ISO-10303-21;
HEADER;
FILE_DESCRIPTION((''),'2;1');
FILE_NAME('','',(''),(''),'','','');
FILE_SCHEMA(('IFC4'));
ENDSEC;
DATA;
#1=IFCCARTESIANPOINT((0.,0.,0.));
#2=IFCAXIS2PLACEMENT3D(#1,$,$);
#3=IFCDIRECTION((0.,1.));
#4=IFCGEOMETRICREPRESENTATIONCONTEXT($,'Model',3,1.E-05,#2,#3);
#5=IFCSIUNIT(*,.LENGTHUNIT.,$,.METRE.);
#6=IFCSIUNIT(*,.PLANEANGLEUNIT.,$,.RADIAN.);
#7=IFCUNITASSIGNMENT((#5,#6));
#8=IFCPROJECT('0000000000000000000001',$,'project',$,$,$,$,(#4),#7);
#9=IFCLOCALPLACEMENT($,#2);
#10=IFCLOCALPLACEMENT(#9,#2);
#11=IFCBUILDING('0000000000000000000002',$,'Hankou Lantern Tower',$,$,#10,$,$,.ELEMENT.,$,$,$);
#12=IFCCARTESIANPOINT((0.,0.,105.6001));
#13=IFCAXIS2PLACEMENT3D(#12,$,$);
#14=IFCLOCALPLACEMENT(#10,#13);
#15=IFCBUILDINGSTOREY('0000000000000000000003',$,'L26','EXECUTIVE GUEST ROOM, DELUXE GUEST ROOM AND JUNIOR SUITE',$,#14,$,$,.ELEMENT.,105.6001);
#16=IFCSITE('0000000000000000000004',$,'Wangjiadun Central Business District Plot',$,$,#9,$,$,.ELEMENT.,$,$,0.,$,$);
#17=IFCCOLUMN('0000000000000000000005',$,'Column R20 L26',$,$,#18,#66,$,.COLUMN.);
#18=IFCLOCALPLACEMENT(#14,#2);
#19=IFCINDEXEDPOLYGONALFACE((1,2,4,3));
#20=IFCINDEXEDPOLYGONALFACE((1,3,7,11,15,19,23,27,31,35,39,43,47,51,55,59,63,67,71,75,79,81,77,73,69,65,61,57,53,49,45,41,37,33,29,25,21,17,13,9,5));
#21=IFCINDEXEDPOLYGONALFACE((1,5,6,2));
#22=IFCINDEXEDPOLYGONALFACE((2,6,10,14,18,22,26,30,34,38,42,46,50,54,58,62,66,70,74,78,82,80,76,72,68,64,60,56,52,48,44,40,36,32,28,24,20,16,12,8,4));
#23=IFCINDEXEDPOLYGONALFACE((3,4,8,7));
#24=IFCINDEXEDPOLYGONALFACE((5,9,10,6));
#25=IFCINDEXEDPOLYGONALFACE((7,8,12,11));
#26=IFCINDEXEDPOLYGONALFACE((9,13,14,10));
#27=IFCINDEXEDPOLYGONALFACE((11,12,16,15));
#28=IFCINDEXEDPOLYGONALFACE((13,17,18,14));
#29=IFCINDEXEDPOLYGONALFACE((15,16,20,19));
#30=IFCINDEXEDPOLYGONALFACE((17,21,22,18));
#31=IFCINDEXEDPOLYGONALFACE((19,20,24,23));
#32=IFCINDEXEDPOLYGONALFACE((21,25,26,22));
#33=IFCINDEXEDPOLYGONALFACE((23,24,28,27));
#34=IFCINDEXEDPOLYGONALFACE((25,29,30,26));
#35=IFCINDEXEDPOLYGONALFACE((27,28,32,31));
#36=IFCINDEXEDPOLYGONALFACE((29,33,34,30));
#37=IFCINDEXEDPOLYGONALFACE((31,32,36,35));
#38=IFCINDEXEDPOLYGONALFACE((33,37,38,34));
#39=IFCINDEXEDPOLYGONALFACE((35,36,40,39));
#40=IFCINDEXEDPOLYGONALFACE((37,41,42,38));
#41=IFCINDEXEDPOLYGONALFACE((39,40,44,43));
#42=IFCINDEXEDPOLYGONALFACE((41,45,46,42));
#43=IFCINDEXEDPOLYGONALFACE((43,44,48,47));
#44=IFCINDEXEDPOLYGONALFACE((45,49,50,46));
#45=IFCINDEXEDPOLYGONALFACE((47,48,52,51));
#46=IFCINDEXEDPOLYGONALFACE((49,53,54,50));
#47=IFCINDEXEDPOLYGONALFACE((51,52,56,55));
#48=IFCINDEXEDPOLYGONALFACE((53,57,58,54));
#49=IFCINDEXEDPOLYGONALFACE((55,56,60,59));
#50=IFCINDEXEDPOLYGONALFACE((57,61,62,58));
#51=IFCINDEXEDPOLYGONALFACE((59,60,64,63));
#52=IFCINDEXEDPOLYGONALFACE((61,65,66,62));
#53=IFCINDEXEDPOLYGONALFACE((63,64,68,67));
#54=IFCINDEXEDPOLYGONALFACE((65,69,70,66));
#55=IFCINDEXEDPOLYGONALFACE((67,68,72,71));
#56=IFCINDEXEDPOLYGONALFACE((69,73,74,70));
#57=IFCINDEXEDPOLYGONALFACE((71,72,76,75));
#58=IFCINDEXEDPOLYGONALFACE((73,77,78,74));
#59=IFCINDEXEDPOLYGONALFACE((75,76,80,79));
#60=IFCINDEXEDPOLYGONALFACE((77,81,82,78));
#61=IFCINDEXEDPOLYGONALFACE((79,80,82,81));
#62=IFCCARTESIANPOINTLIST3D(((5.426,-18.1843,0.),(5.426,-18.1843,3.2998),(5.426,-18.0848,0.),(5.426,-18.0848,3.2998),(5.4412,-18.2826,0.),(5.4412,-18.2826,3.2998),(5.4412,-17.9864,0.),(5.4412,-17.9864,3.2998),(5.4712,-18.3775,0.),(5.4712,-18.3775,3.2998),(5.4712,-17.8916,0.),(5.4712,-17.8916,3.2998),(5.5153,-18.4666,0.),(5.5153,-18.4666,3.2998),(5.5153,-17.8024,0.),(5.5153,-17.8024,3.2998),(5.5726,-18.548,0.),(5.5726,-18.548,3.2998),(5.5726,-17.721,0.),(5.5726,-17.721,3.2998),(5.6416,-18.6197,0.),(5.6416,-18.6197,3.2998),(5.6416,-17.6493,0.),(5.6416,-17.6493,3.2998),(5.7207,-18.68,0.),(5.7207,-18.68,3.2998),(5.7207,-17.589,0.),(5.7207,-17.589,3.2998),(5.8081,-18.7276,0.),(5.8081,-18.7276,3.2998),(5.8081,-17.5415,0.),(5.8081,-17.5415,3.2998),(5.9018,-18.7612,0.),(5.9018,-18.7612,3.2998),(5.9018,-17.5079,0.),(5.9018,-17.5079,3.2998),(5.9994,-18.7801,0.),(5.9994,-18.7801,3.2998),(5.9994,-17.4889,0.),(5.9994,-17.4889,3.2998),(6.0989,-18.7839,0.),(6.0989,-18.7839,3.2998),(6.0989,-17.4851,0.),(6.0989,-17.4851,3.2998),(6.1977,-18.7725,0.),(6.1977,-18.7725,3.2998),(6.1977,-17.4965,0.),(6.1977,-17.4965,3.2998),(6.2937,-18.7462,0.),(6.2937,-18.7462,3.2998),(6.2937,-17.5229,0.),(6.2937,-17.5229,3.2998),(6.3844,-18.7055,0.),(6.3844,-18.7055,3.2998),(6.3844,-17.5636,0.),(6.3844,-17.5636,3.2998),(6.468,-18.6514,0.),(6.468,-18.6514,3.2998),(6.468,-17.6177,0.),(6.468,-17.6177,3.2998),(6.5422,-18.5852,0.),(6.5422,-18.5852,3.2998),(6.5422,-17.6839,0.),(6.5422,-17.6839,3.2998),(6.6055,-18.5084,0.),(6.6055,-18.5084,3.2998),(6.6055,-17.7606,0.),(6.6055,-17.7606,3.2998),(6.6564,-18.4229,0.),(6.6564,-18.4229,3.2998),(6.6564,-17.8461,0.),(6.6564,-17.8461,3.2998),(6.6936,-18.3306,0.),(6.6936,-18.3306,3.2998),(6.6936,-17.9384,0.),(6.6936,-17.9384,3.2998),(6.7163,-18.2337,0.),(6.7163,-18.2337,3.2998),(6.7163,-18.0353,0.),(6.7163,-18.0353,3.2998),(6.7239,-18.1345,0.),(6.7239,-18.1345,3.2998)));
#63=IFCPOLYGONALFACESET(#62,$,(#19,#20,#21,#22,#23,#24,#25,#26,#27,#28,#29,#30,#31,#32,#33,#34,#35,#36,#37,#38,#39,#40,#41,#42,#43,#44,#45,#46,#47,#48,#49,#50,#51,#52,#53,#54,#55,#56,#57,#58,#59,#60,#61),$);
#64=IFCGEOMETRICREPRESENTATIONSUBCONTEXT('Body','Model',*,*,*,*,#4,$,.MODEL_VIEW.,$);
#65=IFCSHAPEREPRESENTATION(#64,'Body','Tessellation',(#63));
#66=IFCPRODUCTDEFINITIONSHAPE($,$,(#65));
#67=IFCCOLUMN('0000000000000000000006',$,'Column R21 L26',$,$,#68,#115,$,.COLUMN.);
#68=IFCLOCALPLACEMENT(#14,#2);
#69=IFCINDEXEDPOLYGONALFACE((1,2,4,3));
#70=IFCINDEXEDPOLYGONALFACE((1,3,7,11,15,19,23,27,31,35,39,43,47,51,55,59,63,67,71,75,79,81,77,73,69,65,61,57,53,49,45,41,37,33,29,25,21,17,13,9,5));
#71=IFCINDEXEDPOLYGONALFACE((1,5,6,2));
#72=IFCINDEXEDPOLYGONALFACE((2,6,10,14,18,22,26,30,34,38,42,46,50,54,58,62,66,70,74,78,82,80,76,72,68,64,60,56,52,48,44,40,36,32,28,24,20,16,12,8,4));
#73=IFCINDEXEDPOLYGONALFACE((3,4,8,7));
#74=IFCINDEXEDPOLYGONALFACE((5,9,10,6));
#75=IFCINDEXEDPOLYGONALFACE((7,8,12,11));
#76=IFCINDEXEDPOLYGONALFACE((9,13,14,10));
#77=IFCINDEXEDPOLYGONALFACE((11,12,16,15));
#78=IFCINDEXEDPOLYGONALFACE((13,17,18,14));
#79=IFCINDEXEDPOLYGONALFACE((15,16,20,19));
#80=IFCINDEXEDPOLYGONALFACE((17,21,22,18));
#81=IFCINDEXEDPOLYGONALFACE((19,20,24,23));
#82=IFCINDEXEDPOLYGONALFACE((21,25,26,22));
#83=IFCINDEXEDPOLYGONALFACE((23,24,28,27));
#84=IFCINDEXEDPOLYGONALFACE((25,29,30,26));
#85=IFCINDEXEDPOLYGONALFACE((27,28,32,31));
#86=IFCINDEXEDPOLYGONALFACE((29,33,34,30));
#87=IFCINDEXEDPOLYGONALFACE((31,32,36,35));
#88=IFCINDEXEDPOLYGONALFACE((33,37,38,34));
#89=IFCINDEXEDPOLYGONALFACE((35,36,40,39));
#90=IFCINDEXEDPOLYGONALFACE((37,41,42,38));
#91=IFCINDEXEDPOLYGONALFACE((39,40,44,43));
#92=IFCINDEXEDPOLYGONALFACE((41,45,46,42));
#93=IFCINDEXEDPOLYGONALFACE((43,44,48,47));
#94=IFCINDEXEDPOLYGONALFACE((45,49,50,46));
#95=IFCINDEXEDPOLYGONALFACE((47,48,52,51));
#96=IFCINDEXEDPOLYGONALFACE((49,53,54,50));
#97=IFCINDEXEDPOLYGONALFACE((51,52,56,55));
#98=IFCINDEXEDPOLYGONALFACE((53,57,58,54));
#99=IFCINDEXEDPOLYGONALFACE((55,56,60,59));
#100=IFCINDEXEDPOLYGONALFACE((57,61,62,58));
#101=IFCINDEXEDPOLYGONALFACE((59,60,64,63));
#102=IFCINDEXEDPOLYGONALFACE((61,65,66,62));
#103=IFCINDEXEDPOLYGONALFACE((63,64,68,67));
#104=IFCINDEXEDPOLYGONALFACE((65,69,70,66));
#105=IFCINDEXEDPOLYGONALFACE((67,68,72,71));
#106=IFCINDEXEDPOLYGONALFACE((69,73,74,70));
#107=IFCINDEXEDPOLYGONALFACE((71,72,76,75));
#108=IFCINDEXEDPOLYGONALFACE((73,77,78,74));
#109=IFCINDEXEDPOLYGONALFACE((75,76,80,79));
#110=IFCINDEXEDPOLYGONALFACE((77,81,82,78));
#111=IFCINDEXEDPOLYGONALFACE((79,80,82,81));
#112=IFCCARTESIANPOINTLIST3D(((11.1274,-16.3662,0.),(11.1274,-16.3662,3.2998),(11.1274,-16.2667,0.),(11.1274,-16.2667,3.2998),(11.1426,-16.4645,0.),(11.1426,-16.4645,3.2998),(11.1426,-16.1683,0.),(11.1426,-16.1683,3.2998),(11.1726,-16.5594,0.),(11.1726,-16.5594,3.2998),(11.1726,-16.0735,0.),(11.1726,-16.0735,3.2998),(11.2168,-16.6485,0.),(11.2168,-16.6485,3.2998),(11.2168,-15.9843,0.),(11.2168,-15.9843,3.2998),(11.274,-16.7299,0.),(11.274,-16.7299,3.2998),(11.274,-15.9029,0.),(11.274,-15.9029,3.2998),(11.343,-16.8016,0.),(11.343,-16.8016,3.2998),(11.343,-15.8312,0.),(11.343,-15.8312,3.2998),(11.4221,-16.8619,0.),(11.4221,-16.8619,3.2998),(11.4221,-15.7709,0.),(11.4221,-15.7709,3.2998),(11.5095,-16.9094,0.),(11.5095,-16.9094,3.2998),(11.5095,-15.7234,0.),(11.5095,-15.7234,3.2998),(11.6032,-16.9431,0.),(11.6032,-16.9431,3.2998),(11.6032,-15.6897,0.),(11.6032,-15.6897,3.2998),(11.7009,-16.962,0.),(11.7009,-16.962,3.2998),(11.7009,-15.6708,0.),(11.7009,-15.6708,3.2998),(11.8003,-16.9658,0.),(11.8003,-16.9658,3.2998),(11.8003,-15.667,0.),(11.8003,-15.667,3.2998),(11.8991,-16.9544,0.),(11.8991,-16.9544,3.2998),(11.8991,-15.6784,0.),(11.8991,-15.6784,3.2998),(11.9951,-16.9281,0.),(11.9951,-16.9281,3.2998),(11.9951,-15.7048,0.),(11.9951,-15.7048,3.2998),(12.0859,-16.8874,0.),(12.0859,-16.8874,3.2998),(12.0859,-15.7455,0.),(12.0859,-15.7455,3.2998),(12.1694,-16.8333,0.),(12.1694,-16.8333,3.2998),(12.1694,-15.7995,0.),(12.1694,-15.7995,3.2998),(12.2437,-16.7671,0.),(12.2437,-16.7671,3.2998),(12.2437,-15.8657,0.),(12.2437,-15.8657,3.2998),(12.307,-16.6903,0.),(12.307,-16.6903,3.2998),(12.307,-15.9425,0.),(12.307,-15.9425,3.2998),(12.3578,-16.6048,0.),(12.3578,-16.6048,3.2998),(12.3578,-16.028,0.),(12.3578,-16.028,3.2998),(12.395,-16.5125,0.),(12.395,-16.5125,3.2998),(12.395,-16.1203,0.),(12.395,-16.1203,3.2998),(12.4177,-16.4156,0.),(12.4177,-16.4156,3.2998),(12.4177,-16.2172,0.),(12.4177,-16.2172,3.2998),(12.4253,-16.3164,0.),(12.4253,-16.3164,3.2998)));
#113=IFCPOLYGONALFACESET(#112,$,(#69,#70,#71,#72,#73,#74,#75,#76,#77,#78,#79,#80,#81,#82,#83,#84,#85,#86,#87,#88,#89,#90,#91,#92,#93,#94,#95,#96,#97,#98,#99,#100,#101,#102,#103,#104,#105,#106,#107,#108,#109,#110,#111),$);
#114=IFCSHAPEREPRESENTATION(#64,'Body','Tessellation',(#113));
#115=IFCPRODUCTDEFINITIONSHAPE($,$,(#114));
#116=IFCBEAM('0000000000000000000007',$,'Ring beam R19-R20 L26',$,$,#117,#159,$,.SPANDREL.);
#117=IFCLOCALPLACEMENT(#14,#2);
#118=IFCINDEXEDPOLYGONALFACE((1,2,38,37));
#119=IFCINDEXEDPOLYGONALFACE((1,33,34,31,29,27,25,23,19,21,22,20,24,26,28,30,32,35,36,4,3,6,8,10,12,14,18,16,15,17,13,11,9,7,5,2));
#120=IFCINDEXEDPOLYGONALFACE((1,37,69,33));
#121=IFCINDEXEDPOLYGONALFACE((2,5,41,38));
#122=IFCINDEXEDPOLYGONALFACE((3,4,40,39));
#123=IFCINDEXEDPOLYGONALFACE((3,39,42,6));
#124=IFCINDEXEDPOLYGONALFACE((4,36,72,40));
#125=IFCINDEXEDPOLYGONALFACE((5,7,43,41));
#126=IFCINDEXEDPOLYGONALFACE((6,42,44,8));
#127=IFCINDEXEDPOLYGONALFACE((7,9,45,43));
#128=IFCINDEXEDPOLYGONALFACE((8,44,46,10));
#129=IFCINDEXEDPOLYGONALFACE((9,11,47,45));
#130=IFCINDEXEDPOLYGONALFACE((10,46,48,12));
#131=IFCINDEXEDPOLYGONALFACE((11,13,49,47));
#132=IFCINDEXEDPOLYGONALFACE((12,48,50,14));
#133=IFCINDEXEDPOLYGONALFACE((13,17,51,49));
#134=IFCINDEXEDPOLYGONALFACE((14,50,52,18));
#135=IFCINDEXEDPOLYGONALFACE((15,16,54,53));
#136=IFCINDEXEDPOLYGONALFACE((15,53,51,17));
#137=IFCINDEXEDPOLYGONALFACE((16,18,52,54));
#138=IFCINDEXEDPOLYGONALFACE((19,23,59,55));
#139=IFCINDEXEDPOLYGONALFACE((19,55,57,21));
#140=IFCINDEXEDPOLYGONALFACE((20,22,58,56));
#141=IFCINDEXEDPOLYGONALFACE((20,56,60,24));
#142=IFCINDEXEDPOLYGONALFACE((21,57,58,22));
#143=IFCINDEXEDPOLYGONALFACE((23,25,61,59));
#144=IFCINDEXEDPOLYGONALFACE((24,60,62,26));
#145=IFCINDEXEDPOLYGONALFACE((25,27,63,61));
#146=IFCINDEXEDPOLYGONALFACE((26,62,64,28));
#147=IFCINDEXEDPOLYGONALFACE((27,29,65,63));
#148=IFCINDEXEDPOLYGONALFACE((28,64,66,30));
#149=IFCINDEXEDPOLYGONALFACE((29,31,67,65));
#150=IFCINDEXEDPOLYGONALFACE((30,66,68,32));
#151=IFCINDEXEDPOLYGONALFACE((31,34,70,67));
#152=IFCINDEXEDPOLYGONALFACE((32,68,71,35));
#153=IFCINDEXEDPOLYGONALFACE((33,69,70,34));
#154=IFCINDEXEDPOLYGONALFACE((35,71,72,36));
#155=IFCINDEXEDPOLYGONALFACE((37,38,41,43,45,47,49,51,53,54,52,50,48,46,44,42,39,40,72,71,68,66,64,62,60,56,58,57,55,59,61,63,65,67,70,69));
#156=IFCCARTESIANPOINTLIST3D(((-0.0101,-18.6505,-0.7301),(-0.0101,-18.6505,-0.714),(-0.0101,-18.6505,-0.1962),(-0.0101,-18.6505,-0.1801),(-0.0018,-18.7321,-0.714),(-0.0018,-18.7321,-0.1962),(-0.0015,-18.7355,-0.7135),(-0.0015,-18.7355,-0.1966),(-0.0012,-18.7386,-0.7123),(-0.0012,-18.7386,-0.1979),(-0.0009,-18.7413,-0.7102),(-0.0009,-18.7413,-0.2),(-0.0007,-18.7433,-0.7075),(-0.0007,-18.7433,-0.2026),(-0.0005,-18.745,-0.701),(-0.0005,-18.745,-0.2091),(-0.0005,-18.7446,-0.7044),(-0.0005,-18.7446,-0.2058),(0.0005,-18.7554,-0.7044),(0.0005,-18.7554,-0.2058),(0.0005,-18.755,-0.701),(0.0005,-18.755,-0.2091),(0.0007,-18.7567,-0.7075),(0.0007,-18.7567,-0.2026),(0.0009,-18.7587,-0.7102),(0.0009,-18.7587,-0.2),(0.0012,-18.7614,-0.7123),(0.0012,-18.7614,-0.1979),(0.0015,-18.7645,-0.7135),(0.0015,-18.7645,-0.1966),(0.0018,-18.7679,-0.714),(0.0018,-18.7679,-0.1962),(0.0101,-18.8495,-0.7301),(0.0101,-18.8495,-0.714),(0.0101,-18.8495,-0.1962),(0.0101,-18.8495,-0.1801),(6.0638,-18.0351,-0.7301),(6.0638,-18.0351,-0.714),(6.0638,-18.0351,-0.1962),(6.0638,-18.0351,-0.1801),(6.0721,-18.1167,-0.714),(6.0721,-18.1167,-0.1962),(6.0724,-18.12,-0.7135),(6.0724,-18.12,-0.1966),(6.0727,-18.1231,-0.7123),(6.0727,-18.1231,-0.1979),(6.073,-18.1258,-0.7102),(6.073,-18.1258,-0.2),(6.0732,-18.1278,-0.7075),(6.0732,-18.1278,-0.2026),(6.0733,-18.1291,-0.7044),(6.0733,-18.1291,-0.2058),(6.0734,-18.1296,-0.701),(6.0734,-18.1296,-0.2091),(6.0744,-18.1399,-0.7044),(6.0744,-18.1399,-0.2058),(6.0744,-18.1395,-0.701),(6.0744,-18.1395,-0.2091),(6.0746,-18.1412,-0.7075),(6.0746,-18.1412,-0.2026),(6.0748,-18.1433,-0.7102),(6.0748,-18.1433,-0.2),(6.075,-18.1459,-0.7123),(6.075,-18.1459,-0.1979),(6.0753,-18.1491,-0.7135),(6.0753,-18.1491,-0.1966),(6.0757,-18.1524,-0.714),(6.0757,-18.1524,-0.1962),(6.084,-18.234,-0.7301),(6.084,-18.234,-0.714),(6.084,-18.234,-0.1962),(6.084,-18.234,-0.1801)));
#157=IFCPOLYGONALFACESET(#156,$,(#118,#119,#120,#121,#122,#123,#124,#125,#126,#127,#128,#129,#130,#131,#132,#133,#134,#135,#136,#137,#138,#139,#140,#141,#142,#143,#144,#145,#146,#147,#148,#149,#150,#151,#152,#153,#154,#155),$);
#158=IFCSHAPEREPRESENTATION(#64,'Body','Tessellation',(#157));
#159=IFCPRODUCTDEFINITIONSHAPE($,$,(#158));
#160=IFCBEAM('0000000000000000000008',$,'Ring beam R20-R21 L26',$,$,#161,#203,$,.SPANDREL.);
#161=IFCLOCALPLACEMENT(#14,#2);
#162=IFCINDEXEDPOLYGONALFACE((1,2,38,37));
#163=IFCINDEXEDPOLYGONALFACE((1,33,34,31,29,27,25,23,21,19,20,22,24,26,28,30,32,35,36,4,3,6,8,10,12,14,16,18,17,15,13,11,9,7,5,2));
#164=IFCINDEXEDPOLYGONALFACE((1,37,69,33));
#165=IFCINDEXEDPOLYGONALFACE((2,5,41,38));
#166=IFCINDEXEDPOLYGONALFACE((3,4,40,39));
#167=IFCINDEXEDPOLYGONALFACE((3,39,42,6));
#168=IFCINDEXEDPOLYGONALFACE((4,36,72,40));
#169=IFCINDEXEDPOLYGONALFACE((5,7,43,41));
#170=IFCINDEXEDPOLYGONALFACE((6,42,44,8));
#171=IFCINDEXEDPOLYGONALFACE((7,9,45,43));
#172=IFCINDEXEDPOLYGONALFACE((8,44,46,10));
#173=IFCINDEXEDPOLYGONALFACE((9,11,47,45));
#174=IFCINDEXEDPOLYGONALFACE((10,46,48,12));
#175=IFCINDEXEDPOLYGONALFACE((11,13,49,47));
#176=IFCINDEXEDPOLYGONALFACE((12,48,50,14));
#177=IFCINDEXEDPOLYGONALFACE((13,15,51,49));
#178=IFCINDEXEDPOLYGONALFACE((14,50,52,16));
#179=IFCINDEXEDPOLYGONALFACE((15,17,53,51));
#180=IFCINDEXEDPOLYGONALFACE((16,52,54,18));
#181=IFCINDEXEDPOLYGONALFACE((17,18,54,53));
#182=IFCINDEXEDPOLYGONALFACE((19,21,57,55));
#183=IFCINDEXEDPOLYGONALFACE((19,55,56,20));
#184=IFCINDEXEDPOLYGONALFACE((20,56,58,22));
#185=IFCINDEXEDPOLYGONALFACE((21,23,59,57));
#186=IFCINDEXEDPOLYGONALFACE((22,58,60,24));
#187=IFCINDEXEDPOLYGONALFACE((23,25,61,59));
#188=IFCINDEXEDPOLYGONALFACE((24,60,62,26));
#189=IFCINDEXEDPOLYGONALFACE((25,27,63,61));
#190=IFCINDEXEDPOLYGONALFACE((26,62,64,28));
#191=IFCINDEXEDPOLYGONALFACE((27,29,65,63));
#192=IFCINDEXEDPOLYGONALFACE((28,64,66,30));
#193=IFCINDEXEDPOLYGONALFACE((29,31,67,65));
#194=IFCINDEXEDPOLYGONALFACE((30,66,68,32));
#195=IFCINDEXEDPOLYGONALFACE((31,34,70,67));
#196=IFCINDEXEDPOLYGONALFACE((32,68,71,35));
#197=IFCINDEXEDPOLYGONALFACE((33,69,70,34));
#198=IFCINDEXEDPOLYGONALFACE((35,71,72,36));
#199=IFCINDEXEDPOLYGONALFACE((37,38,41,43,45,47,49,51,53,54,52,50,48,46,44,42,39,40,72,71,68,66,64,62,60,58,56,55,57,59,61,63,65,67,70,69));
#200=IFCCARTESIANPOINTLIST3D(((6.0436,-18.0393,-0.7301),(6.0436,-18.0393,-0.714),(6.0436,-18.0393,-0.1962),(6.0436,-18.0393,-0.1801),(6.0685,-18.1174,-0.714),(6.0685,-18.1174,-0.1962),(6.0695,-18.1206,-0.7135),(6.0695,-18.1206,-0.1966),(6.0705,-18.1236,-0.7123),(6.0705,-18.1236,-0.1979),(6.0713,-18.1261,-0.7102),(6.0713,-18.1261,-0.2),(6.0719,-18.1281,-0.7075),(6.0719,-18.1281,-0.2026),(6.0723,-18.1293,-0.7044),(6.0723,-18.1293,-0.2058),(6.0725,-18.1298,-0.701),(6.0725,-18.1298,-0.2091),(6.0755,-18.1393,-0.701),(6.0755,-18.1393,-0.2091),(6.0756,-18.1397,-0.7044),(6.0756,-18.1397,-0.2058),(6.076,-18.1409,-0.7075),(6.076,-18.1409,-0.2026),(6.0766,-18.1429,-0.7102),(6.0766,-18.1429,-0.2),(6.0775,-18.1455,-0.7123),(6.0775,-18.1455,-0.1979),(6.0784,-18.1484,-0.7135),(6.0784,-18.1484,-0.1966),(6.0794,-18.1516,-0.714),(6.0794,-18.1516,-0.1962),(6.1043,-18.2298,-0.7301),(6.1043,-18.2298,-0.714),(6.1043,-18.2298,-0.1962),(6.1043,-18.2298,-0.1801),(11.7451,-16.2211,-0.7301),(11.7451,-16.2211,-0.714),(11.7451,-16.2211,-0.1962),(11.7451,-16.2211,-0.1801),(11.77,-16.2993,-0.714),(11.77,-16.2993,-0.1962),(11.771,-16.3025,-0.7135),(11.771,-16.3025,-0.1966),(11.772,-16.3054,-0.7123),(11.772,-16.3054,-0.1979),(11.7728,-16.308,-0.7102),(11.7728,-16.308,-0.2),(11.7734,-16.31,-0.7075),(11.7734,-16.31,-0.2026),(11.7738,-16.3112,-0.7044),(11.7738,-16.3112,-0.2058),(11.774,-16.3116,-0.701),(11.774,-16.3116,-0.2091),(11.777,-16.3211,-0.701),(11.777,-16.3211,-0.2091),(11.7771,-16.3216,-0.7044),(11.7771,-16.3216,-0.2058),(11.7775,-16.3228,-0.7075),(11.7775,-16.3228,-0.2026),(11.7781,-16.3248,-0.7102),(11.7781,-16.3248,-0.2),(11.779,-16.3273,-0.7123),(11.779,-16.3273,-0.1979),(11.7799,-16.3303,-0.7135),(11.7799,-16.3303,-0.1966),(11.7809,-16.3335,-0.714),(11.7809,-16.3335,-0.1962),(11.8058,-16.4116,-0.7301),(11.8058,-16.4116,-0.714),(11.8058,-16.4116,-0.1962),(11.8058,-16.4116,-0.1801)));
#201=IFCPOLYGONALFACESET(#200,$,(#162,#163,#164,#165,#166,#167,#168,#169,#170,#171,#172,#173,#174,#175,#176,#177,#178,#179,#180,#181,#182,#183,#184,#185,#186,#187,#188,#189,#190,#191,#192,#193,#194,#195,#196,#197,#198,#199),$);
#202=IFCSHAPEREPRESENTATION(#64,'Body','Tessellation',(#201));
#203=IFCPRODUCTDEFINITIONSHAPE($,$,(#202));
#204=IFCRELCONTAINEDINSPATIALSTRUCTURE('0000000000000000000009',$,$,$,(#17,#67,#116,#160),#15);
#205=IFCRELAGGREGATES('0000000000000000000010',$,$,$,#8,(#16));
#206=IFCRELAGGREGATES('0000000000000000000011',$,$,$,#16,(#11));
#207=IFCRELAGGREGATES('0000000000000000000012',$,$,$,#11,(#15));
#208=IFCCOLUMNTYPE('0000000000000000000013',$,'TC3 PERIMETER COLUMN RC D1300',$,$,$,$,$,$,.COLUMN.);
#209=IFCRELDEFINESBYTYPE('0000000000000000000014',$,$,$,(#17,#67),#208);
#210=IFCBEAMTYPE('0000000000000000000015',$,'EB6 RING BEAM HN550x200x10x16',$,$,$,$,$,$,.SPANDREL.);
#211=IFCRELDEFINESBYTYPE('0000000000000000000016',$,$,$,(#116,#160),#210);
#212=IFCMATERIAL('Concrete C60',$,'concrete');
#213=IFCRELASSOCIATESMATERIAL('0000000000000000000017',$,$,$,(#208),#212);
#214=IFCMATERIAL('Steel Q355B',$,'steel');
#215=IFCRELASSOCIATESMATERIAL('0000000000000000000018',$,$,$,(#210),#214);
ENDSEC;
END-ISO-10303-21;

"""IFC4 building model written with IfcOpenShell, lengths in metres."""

from ifc_helpers import new_model, si_unit, direction, frame, origin, origin_2d, place, context, subcontext, project, spatial, circle, i_section, extrude, material, material_profile, profile_set, type_object, element, save


model = new_model("IFC4")

# Units and contexts
model_context = context("Model", 3, precision=1e-05, world=origin(), true_north=direction((0.0, 1.0)))
body_context = subcontext(model_context, "Body", "Model", "MODEL_VIEW")
ifc_project = project(units=[si_unit("LENGTHUNIT", "METRE"), si_unit("PLANEANGLEUNIT", "RADIAN")], contexts=[model_context])

# Site, building, storey
site_placement = place(None, origin())
site = spatial("IfcSite", under=ifc_project, at=site_placement, Name="Wangjiadun Central Business District Plot", CompositionType="ELEMENT", RefElevation=0.0)
building_placement = place(site_placement, origin())
building = spatial("IfcBuilding", under=site, at=building_placement, Name="Hankou Lantern Tower", CompositionType="ELEMENT")
storey_placement = place(building_placement, frame((0.0, 0.0, 105.6001)))
storey = spatial("IfcBuildingStorey", under=building, at=storey_placement, Name="L26", Description="EXECUTIVE GUEST ROOM, DELUXE GUEST ROOM AND JUNIOR SUITE", CompositionType="ELEMENT", Elevation=105.6001)

# Columns
ifc_material_1 = material(Name="Concrete C60", Category="concrete")
ifc_material_profile_1 = material_profile(ifc_material_1, circle(Radius=0.6499, at=origin_2d()), Name="RC D1300")
ifc_profile_set_1 = profile_set([ifc_material_profile_1], Name="Concrete C60")
column_type = type_object("IfcColumnType", Name="TC3 PERIMETER COLUMN RC D1300", PredefinedType="COLUMN", material=ifc_profile_set_1)
for number, where, z_axis, x_axis, name in (
    (1, (6.074, -18.1345, 0.0), (0.0, 0.0, 1.0), (1.0, 0.0, 0.0), "Column R20 L26"),
    (2, (11.7754, -16.3164, 0.0), (0.0, 0.0, 1.0), (1.0, 0.0, 0.0), "Column R21 L26"),
):
    element("IfcColumn", number, at=place(storey_placement, frame(where, z_axis=z_axis, x_axis=x_axis)), inside=storey, type_object=column_type, Name=name, PredefinedType="COLUMN", context=body_context, shape_type="SweptSolid", body=[
        extrude(circle(Radius=0.6499, at=origin_2d()), origin(), (0.0, 0.0, 1.0), 3.2998),
    ])

# Beams
ifc_material_2 = material(Name="Steel Q355B", Category="steel")
ifc_material_profile_2 = material_profile(ifc_material_2, i_section(OverallWidth=0.2, OverallDepth=0.55, WebThickness=0.01, FlangeThickness=0.0161, FilletRadius=0.0129, at=origin_2d()), Name="HN550x200x10x16")
ifc_profile_set_2 = profile_set([ifc_material_profile_2], Name="Steel Q355B")
beam_type_1 = type_object("IfcBeamType", Name="EB6 RING BEAM HN550x200x10x16", PredefinedType="SPANDREL", material=ifc_profile_set_2)
beam_1_placement = place(storey_placement, frame((0.0, -18.75, -0.4551), z_axis=(0.994905, 0.100814, 0.0), x_axis=(-0.100814, 0.994905, 0.0)))
element("IfcBeam", 3, at=beam_1_placement, inside=storey, type_object=beam_type_1, Name="Ring beam R19-R20 L26", PredefinedType="SPANDREL", context=body_context, shape_type="SweptSolid", body=[
    extrude(i_section(OverallWidth=0.2, OverallDepth=0.55, WebThickness=0.01, FlangeThickness=0.0161, FilletRadius=0.0129, at=origin_2d()), origin(), (0.0, 0.0, 1.0), 6.105),
])
beam_2_placement = place(storey_placement, frame((6.074, -18.1345, -0.4551), z_axis=(0.952731, 0.303815, 0.0), x_axis=(-0.303815, 0.952731, 0.0)))
element("IfcBeam", 4, at=beam_2_placement, inside=storey, type_object=beam_type_1, Name="Ring beam R20-R21 L26", PredefinedType="SPANDREL", context=body_context, shape_type="SweptSolid", body=[
    extrude(i_section(OverallWidth=0.2, OverallDepth=0.55, WebThickness=0.01, FlangeThickness=0.0161, FilletRadius=0.0129, at=origin_2d()), origin(), (0.0, 0.0, 1.0), 5.9844),
])

save(model, "model.ifc")
